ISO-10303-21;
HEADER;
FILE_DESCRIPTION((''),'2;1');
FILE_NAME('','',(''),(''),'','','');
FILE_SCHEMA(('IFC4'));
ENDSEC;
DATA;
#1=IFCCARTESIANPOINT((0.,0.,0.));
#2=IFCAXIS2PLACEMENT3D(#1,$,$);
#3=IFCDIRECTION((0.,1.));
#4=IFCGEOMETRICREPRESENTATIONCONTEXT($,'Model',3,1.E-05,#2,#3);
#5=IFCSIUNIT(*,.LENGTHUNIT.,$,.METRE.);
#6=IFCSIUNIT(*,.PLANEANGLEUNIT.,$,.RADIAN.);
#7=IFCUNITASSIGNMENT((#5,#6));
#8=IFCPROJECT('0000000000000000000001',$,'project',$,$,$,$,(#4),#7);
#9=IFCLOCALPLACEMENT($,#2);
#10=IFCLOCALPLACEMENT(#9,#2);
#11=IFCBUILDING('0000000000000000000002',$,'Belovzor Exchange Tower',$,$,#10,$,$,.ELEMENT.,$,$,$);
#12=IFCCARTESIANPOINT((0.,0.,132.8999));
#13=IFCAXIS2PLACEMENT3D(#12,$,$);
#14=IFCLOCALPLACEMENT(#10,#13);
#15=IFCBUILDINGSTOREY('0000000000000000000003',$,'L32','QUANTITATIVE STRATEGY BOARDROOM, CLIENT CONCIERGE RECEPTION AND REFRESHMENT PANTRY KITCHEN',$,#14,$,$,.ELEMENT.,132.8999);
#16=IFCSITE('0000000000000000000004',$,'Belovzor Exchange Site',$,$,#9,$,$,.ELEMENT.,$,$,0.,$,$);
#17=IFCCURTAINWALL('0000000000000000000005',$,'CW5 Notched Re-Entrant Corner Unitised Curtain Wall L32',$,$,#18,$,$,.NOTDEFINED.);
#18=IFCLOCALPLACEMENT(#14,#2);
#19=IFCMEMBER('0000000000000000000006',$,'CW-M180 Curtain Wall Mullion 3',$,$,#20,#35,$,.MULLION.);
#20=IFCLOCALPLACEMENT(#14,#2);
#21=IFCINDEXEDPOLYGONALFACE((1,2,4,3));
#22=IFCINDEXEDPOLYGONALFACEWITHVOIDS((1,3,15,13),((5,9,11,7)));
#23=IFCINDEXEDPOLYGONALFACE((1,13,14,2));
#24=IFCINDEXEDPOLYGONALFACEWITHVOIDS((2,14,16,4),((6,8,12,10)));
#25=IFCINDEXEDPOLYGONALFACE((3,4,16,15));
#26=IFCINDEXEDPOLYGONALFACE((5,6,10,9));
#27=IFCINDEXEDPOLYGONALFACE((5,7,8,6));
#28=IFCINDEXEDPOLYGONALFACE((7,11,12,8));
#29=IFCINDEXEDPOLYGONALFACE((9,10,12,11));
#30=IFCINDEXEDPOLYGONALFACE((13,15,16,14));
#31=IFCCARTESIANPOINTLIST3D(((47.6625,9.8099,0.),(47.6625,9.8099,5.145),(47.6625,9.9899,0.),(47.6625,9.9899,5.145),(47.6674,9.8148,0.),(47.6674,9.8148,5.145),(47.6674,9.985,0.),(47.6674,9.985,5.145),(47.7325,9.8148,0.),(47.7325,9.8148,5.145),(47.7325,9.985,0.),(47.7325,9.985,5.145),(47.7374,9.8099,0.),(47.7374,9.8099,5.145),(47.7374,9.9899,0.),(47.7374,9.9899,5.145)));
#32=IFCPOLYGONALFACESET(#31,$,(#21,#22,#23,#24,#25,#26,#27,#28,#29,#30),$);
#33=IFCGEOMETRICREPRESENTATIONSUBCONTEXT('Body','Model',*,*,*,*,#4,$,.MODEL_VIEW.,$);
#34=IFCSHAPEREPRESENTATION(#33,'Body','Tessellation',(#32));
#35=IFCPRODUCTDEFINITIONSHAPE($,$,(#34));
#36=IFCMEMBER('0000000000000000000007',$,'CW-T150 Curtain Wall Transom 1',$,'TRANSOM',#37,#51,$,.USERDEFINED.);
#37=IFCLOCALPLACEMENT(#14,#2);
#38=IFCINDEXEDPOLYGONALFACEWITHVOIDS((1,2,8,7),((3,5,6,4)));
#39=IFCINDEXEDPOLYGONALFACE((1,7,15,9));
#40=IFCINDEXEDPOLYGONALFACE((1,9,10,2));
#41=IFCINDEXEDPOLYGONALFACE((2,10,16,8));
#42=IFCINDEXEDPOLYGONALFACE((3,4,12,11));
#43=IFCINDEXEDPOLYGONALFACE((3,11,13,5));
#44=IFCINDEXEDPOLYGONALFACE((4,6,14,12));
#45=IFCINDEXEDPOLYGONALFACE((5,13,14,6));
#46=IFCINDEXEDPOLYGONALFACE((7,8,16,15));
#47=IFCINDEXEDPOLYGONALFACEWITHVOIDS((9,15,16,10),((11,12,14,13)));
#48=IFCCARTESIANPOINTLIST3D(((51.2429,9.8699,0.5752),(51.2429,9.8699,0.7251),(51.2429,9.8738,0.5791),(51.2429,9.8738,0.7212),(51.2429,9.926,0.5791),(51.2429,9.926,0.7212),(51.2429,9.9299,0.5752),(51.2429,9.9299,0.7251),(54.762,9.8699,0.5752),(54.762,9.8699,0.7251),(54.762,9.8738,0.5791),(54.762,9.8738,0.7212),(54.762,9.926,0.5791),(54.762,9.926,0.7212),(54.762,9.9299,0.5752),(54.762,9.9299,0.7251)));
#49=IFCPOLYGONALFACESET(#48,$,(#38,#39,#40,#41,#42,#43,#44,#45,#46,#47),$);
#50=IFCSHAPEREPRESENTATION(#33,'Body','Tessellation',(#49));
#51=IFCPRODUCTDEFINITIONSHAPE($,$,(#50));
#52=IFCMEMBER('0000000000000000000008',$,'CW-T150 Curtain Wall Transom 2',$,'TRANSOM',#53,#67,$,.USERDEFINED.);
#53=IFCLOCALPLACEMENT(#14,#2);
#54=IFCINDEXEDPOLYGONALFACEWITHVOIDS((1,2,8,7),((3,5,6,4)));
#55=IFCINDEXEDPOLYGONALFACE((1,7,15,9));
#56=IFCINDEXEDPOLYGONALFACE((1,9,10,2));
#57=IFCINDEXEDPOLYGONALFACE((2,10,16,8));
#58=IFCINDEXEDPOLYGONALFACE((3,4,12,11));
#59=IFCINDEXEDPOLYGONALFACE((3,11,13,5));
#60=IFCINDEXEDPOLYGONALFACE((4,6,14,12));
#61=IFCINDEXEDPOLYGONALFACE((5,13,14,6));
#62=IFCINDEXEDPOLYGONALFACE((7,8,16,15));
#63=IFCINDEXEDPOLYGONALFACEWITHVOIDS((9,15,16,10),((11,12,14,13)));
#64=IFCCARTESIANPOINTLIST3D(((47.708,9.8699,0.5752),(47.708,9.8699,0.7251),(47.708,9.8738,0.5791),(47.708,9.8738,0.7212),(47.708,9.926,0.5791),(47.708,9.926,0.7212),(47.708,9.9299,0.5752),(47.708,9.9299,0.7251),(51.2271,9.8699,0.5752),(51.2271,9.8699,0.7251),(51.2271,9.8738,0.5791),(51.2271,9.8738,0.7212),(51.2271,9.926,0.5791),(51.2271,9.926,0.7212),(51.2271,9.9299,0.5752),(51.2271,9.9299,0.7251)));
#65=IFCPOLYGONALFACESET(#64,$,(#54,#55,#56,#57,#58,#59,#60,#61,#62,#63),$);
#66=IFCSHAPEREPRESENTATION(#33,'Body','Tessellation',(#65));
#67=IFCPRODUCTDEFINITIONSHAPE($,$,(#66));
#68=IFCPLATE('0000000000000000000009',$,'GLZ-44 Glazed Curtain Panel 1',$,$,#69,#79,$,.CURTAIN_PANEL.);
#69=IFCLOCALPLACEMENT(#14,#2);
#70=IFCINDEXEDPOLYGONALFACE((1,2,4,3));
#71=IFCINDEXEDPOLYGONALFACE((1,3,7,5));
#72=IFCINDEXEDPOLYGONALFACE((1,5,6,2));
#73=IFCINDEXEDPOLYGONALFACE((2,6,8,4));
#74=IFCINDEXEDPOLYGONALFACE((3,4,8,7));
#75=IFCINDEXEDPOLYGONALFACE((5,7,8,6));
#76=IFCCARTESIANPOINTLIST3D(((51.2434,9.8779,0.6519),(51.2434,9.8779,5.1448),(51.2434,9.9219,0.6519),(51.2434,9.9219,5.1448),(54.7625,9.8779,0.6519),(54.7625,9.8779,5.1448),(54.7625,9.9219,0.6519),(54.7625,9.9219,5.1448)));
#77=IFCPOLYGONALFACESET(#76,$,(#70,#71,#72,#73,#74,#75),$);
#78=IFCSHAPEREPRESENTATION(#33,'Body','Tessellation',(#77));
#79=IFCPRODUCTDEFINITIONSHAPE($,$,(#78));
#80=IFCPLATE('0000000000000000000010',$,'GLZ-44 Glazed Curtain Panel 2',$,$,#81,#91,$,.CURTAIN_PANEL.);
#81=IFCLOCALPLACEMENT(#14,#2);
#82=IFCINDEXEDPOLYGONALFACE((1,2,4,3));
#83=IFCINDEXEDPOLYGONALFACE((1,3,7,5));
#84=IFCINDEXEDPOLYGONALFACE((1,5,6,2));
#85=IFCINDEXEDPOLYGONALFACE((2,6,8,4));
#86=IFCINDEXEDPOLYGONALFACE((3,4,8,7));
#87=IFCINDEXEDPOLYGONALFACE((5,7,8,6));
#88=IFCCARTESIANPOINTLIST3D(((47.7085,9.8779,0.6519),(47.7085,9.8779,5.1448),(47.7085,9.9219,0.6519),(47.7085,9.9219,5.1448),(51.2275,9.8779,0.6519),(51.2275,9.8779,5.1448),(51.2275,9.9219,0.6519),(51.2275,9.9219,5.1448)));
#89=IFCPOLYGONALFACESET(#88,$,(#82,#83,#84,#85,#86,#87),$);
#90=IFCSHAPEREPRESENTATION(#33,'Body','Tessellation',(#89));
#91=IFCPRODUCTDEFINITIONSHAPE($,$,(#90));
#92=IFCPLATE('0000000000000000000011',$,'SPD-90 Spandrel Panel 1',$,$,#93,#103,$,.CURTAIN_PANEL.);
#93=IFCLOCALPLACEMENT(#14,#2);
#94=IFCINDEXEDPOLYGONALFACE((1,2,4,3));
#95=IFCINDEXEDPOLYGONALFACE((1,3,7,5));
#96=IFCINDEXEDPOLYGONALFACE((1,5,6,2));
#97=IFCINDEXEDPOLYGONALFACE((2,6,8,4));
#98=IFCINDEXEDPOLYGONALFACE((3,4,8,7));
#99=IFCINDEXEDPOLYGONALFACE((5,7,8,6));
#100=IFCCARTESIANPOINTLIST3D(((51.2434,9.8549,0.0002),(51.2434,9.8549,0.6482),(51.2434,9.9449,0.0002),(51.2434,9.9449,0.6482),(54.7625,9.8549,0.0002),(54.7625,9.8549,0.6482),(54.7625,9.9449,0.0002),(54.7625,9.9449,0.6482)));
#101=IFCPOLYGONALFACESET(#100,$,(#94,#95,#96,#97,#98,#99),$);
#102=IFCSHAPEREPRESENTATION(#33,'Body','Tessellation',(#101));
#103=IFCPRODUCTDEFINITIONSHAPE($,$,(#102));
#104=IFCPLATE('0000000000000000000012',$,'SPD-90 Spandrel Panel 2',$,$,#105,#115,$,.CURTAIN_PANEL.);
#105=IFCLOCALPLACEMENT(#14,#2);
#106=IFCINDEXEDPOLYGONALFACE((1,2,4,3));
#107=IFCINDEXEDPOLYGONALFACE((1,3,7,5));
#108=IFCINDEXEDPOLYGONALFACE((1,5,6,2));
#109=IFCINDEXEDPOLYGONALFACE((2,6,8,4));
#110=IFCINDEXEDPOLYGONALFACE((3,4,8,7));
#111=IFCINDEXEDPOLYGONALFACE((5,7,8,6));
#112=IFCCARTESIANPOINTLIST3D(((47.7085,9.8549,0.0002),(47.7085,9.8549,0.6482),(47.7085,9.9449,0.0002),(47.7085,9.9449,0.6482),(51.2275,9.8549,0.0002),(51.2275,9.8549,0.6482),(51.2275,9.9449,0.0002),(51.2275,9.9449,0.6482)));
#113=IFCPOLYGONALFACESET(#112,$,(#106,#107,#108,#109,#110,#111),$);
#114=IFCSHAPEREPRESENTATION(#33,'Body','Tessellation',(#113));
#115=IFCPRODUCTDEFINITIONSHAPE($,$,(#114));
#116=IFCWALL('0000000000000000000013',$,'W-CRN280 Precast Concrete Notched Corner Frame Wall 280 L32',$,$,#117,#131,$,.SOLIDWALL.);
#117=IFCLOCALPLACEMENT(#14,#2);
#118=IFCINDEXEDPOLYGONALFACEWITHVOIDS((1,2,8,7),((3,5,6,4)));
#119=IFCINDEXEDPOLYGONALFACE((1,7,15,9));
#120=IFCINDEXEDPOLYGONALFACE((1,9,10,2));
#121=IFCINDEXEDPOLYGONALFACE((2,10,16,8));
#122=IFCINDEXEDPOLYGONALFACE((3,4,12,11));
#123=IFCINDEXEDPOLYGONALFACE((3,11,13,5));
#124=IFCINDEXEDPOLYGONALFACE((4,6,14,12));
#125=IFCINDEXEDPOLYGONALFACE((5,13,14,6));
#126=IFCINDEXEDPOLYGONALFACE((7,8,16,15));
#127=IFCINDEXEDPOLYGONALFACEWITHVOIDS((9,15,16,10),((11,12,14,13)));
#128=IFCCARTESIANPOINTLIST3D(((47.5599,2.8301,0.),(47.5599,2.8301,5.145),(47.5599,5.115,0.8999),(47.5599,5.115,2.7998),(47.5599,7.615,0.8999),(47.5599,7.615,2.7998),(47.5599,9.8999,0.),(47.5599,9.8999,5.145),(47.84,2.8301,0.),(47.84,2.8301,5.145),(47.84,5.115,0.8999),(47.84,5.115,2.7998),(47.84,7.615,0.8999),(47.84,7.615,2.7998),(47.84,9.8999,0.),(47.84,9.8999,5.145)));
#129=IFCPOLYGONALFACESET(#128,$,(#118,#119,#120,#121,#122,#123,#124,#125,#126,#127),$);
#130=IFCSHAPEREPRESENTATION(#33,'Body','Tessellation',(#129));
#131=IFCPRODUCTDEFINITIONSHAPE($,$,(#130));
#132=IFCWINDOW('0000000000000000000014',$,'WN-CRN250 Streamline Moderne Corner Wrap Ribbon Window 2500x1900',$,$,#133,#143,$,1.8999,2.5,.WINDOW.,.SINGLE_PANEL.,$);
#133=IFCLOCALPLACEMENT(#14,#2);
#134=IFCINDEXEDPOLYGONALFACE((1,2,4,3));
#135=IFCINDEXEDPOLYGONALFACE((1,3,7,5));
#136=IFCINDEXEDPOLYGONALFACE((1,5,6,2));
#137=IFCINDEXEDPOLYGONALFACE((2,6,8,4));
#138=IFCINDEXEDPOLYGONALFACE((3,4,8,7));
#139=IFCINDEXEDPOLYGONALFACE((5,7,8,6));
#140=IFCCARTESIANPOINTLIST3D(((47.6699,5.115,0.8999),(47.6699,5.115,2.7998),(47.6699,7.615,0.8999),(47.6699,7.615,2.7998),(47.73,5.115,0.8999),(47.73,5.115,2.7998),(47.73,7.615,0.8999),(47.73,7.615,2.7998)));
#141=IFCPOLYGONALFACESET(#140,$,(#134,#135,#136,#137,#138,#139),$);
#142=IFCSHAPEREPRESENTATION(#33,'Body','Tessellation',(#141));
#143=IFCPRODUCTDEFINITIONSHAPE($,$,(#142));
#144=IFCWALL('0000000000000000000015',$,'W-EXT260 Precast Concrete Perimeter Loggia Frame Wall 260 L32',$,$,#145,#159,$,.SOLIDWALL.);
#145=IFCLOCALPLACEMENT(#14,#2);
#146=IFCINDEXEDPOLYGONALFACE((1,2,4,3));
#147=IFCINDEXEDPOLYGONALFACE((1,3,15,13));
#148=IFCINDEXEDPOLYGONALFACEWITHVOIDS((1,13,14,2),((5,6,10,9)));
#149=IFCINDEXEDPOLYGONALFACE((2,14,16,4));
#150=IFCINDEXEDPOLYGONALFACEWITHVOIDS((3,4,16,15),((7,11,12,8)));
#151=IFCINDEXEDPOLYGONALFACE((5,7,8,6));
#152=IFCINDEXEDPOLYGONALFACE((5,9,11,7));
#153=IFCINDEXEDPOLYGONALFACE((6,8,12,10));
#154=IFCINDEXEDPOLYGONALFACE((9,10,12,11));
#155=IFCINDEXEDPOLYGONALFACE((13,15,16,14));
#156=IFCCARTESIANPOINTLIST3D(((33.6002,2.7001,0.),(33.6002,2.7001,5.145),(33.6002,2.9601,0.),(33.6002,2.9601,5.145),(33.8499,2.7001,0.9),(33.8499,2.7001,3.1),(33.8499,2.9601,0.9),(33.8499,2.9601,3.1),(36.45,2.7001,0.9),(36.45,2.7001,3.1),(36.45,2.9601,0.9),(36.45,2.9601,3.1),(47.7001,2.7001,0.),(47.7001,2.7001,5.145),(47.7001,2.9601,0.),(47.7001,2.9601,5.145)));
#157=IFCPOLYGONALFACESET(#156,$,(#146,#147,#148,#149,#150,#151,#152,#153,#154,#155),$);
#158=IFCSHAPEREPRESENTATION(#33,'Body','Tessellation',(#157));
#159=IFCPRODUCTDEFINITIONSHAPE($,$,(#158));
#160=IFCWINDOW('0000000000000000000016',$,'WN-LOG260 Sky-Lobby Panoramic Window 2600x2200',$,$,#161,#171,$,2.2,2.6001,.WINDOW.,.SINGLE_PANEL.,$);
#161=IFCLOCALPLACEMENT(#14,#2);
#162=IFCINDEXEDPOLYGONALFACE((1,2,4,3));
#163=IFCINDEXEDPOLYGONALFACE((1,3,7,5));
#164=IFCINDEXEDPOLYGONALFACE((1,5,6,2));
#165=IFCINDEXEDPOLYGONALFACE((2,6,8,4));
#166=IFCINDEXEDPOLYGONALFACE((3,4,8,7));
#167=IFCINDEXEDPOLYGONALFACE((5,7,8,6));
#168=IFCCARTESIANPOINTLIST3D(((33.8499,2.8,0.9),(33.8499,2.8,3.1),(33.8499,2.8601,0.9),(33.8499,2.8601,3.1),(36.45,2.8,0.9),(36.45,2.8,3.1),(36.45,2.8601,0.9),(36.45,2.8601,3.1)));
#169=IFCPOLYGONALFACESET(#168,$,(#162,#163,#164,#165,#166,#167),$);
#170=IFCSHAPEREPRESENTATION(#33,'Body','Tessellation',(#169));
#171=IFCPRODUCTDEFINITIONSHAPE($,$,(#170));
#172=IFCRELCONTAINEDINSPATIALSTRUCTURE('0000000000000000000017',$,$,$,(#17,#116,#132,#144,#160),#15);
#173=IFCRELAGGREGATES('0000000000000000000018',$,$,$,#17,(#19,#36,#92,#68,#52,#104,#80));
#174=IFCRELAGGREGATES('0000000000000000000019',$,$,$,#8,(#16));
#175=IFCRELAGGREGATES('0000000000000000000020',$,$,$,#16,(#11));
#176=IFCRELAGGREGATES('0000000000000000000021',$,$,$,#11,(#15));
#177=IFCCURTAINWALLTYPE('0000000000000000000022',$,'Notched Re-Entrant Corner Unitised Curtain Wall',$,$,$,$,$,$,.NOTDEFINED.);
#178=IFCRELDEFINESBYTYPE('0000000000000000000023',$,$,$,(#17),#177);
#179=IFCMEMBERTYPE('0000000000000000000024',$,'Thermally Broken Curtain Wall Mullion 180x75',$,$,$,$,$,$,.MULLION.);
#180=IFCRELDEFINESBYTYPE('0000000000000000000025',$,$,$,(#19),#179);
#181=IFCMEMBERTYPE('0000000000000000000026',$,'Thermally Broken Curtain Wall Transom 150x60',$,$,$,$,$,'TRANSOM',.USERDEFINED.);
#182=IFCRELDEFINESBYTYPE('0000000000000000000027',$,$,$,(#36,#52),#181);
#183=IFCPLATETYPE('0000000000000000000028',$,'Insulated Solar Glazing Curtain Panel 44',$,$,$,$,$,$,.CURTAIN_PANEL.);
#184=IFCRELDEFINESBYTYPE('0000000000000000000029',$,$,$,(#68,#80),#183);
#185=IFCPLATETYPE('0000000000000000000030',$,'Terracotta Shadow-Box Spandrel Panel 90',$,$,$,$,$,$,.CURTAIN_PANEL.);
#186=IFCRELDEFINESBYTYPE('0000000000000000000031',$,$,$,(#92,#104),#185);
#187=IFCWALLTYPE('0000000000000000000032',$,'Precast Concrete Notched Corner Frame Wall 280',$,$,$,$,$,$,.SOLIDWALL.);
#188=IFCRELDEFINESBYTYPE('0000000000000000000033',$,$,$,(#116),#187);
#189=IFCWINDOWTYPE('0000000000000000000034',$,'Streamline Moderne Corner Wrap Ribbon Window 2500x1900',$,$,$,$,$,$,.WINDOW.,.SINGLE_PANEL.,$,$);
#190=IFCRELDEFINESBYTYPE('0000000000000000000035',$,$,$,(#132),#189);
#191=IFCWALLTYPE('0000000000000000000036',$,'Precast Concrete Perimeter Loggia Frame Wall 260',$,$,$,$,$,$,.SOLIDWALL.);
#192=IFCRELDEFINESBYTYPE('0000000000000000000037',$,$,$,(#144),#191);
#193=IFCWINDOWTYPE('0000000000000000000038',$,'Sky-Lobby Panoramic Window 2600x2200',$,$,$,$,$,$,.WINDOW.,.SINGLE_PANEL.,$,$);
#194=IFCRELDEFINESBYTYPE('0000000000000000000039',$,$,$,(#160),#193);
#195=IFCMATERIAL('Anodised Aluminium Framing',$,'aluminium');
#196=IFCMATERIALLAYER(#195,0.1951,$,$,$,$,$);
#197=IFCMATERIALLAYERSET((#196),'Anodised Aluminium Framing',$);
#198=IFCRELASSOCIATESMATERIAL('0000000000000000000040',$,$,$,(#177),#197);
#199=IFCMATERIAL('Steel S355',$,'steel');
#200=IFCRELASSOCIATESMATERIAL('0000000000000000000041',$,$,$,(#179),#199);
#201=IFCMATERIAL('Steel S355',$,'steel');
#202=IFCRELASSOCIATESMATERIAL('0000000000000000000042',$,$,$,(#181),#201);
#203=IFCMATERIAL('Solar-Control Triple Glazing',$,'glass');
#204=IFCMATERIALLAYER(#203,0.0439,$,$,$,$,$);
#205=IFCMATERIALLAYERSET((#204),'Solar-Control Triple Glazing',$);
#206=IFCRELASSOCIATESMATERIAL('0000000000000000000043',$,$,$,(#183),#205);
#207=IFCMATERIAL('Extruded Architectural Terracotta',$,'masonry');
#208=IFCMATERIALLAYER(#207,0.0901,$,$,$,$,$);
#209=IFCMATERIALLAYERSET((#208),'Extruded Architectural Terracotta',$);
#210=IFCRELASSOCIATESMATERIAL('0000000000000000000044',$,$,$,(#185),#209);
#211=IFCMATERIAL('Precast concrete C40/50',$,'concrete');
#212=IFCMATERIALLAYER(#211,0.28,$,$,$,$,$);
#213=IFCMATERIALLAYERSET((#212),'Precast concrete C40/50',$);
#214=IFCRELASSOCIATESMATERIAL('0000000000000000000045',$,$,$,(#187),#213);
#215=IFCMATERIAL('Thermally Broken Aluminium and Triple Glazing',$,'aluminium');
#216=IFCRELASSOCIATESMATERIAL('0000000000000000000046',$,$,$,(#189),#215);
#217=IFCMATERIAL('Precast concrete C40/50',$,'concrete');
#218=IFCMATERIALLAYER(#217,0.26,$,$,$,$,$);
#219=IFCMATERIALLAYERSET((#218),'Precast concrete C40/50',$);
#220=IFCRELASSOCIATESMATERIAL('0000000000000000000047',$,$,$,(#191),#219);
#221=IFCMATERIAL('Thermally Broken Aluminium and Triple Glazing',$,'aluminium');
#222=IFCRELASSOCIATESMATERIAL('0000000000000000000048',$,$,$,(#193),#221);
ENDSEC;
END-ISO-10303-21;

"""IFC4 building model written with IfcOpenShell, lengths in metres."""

from ifc_helpers import new_model, si_unit, direction, frame, frame_2d, origin, origin_2d, place, context, subcontext, project, spatial, rectangle, hollow_rectangle, extrude, material, layer, layer_set, material_profile, profile_set, type_object, element, fill, aggregate, save


model = new_model("IFC4")

# Units and contexts
model_context = context("Model", 3, precision=1e-05, world=origin(), true_north=direction((0.0, 1.0)))
body_context = subcontext(model_context, "Body", "Model", "MODEL_VIEW")
ifc_project = project(units=[si_unit("LENGTHUNIT", "METRE"), si_unit("PLANEANGLEUNIT", "RADIAN")], contexts=[model_context])

# Site, building, storey
site_placement = place(None, origin())
site = spatial("IfcSite", under=ifc_project, at=site_placement, Name="Belovzor Exchange Site", CompositionType="ELEMENT", RefElevation=0.0)
building_placement = place(site_placement, origin())
building = spatial("IfcBuilding", under=site, at=building_placement, Name="Belovzor Exchange Tower", CompositionType="ELEMENT")
storey_placement = place(building_placement, frame((0.0, 0.0, 132.8999)))
storey = spatial("IfcBuildingStorey", under=building, at=storey_placement, Name="L32", Description="QUANTITATIVE STRATEGY BOARDROOM, CLIENT CONCIERGE RECEPTION AND REFRESHMENT PANTRY KITCHEN", CompositionType="ELEMENT", Elevation=132.8999)

# Curtain wall, members, plates
ifc_material_1 = material(Name="Anodised Aluminium Framing", Category="aluminium")
ifc_layer_1 = layer(ifc_material_1, 0.1951)
ifc_layer_set_1 = layer_set([ifc_layer_1], Name="Anodised Aluminium Framing")
curtain_wall_type = type_object("IfcCurtainWallType", Name="Notched Re-Entrant Corner Unitised Curtain Wall", PredefinedType="NOTDEFINED", material=ifc_layer_set_1)
curtain_wall_placement = place(storey_placement, origin())
curtain_wall = element("IfcCurtainWall", 1, at=curtain_wall_placement, inside=storey, type_object=curtain_wall_type, Name="CW5 Notched Re-Entrant Corner Unitised Curtain Wall L32", PredefinedType="NOTDEFINED")
ifc_material_2 = material(Name="Steel S355", Category="steel")
ifc_material_profile_1 = material_profile(ifc_material_2, hollow_rectangle(XDim=0.075, YDim=0.1799, WallThickness=0.0049, at=origin_2d()))
ifc_profile_set_1 = profile_set([ifc_material_profile_1], Name="Steel S355")
member_type_1 = type_object("IfcMemberType", Name="Thermally Broken Curtain Wall Mullion 180x75", PredefinedType="MULLION", material=ifc_profile_set_1)
member_1_placement = place(storey_placement, frame((47.7, 9.8999, 0.0), z_axis=(0.0, 0.0, 1.0), x_axis=(-1.0, 0.0, 0.0)))
member_1 = element("IfcMember", 2, at=member_1_placement, type_object=member_type_1, Name="CW-M180 Curtain Wall Mullion 3", PredefinedType="MULLION", context=body_context, shape_type="SweptSolid", body=[
    extrude(hollow_rectangle(XDim=0.075, YDim=0.1799, WallThickness=0.0049, at=origin_2d()), origin(), (0.0, 0.0, 1.0), 5.145),
])
ifc_material_3 = material(Name="Steel S355", Category="steel")
ifc_material_profile_2 = material_profile(ifc_material_3, hollow_rectangle(XDim=0.0601, YDim=0.1499, WallThickness=0.0039, at=origin_2d()))
ifc_profile_set_2 = profile_set([ifc_material_profile_2], Name="Steel S355")
member_type_2 = type_object("IfcMemberType", Name="Thermally Broken Curtain Wall Transom 150x60", ElementType="TRANSOM", PredefinedType="USERDEFINED", material=ifc_profile_set_2)
member_2_placement = place(storey_placement, frame((54.762, 9.8999, 0.6501), z_axis=(-1.0, 0.0, 0.0), x_axis=(0.0, -1.0, 0.0)))
member_2 = element("IfcMember", 3, at=member_2_placement, type_object=member_type_2, Name="CW-T150 Curtain Wall Transom 1", ObjectType="TRANSOM", PredefinedType="USERDEFINED", context=body_context, shape_type="SweptSolid", body=[
    extrude(hollow_rectangle(XDim=0.0601, YDim=0.1499, WallThickness=0.0039, at=origin_2d()), origin(), (0.0, 0.0, 1.0), 3.519),
])
member_3_placement = place(storey_placement, frame((51.2271, 9.8999, 0.6501), z_axis=(-1.0, 0.0, 0.0), x_axis=(0.0, -1.0, 0.0)))
member_3 = element("IfcMember", 4, at=member_3_placement, type_object=member_type_2, Name="CW-T150 Curtain Wall Transom 2", ObjectType="TRANSOM", PredefinedType="USERDEFINED", context=body_context, shape_type="SweptSolid", body=[
    extrude(hollow_rectangle(XDim=0.0601, YDim=0.1499, WallThickness=0.0039, at=origin_2d()), origin(), (0.0, 0.0, 1.0), 3.519),
])
ifc_material_4 = material(Name="Solar-Control Triple Glazing", Category="glass")
ifc_layer_2 = layer(ifc_material_4, 0.0439)
ifc_layer_set_2 = layer_set([ifc_layer_2], Name="Solar-Control Triple Glazing")
plate_type_1 = type_object("IfcPlateType", Name="Insulated Solar Glazing Curtain Panel 44", PredefinedType="CURTAIN_PANEL", material=ifc_layer_set_2)
plate_1_placement = place(storey_placement, frame((53.0029, 9.8999, 0.6519), z_axis=(0.0, 0.0, 1.0), x_axis=(-1.0, 0.0, 0.0)))
plate_1 = element("IfcPlate", 5, at=plate_1_placement, type_object=plate_type_1, Name="GLZ-44 Glazed Curtain Panel 1", PredefinedType="CURTAIN_PANEL", context=body_context, shape_type="SweptSolid", body=[
    extrude(rectangle(XDim=3.519, YDim=0.0439, at=origin_2d()), origin(), (0.0, 0.0, 1.0), 4.4929),
])
plate_2_placement = place(storey_placement, frame((49.468, 9.8999, 0.6519), z_axis=(0.0, 0.0, 1.0), x_axis=(-1.0, 0.0, 0.0)))
plate_2 = element("IfcPlate", 6, at=plate_2_placement, type_object=plate_type_1, Name="GLZ-44 Glazed Curtain Panel 2", PredefinedType="CURTAIN_PANEL", context=body_context, shape_type="SweptSolid", body=[
    extrude(rectangle(XDim=3.519, YDim=0.0439, at=origin_2d()), origin(), (0.0, 0.0, 1.0), 4.4929),
])
ifc_material_5 = material(Name="Extruded Architectural Terracotta", Category="masonry")
ifc_layer_3 = layer(ifc_material_5, 0.0901)
ifc_layer_set_3 = layer_set([ifc_layer_3], Name="Extruded Architectural Terracotta")
plate_type_2 = type_object("IfcPlateType", Name="Terracotta Shadow-Box Spandrel Panel 90", PredefinedType="CURTAIN_PANEL", material=ifc_layer_set_3)
plate_3_placement = place(storey_placement, frame((53.0029, 9.8999, 0.0002), z_axis=(0.0, 0.0, 1.0), x_axis=(-1.0, 0.0, 0.0)))
plate_3 = element("IfcPlate", 7, at=plate_3_placement, type_object=plate_type_2, Name="SPD-90 Spandrel Panel 1", PredefinedType="CURTAIN_PANEL", context=body_context, shape_type="SweptSolid", body=[
    extrude(rectangle(XDim=3.519, YDim=0.0901, at=origin_2d()), origin(), (0.0, 0.0, 1.0), 0.6479),
])
plate_4_placement = place(storey_placement, frame((49.468, 9.8999, 0.0002), z_axis=(0.0, 0.0, 1.0), x_axis=(-1.0, 0.0, 0.0)))
plate_4 = element("IfcPlate", 8, at=plate_4_placement, type_object=plate_type_2, Name="SPD-90 Spandrel Panel 2", PredefinedType="CURTAIN_PANEL", context=body_context, shape_type="SweptSolid", body=[
    extrude(rectangle(XDim=3.519, YDim=0.0901, at=origin_2d()), origin(), (0.0, 0.0, 1.0), 0.6479),
])
aggregate(curtain_wall, [member_1, member_2, plate_3, plate_1, member_3, plate_4, plate_2])

# Walls, openings, windows
ifc_material_6 = material(Name="Precast concrete C40/50", Category="concrete")
ifc_layer_4 = layer(ifc_material_6, 0.28)
ifc_layer_set_4 = layer_set([ifc_layer_4], Name="Precast concrete C40/50")
wall_type_1 = type_object("IfcWallType", Name="Precast Concrete Notched Corner Frame Wall 280", PredefinedType="SOLIDWALL", material=ifc_layer_set_4)
wall_1_placement = place(storey_placement, frame((47.7, 9.8999, 0.0), z_axis=(0.0, 0.0, 1.0), x_axis=(0.0, -1.0, 0.0)))
wall_1 = element("IfcWall", 9, at=wall_1_placement, inside=storey, type_object=wall_type_1, Name="W-CRN280 Precast Concrete Notched Corner Frame Wall 280 L32", PredefinedType="SOLIDWALL", context=body_context, shape_type="SweptSolid", body=[
    extrude(rectangle(XDim=7.0698, YDim=0.28, at=frame_2d((3.5349, 0.0))), origin(), (0.0, 0.0, 1.0), 5.145),
])
opening_1_placement = place(wall_1_placement, frame((2.2849, 0.0, 0.8999)))
opening_1 = element("IfcOpeningElement", 10, at=opening_1_placement, cuts=wall_1, PredefinedType="OPENING", context=body_context, shape_type="SweptSolid", body=[
    extrude(rectangle(XDim=2.5, YDim=1.8999, at=frame_2d((1.25, 0.95))), frame((0.0, 0.1499, 0.0), z_axis=(0.0, -1.0, 0.0), x_axis=(1.0, 0.0, 0.0)), (0.0, 0.0, 1.0), 0.3),
])
ifc_material_7 = material(Name="Thermally Broken Aluminium and Triple Glazing", Category="aluminium")
window_type_1 = type_object("IfcWindowType", Name="Streamline Moderne Corner Wrap Ribbon Window 2500x1900", PartitioningType="SINGLE_PANEL", PredefinedType="WINDOW", material=ifc_material_7)
window_1_placement = place(opening_1_placement, origin())
window_1 = element("IfcWindow", 11, at=window_1_placement, inside=storey, type_object=window_type_1, Name="WN-CRN250 Streamline Moderne Corner Wrap Ribbon Window 2500x1900", OverallHeight=1.8999, OverallWidth=2.5, PartitioningType="SINGLE_PANEL", PredefinedType="WINDOW", context=body_context, shape_type="SweptSolid", body=[
    extrude(rectangle(XDim=2.5, YDim=1.8999, at=frame_2d((1.25, 0.95))), frame((0.0, 0.03, 0.0), z_axis=(0.0, -1.0, 0.0), x_axis=(1.0, 0.0, 0.0)), (0.0, 0.0, 1.0), 0.0601),
])
fill(opening_1, window_1)
ifc_material_8 = material(Name="Precast concrete C40/50", Category="concrete")
ifc_layer_5 = layer(ifc_material_8, 0.26)
ifc_layer_set_5 = layer_set([ifc_layer_5], Name="Precast concrete C40/50")
wall_type_2 = type_object("IfcWallType", Name="Precast Concrete Perimeter Loggia Frame Wall 260", PredefinedType="SOLIDWALL", material=ifc_layer_set_5)
wall_2_placement = place(storey_placement, frame((47.7, 2.8301, 0.0), z_axis=(0.0, 0.0, 1.0), x_axis=(-1.0, 0.0, 0.0)))
wall_2 = element("IfcWall", 12, at=wall_2_placement, inside=storey, type_object=wall_type_2, Name="W-EXT260 Precast Concrete Perimeter Loggia Frame Wall 260 L32", PredefinedType="SOLIDWALL", context=body_context, shape_type="SweptSolid", body=[
    extrude(rectangle(XDim=14.0999, YDim=0.26, at=frame_2d((7.0498, 0.0))), origin(), (0.0, 0.0, 1.0), 5.145),
])
opening_2_placement = place(wall_2_placement, frame((11.25, 0.0, 0.8999)))
opening_2 = element("IfcOpeningElement", 13, at=opening_2_placement, cuts=wall_2, PredefinedType="OPENING", context=body_context, shape_type="SweptSolid", body=[
    extrude(rectangle(XDim=2.6001, YDim=2.2, at=frame_2d((1.3, 1.1001))), frame((0.0, 0.1399, 0.0), z_axis=(0.0, -1.0, 0.0), x_axis=(1.0, 0.0, 0.0)), (0.0, 0.0, 1.0), 0.28),
])
ifc_material_9 = material(Name="Thermally Broken Aluminium and Triple Glazing", Category="aluminium")
window_type_2 = type_object("IfcWindowType", Name="Sky-Lobby Panoramic Window 2600x2200", PartitioningType="SINGLE_PANEL", PredefinedType="WINDOW", material=ifc_material_9)
window_2_placement = place(opening_2_placement, origin())
window_2 = element("IfcWindow", 14, at=window_2_placement, inside=storey, type_object=window_type_2, Name="WN-LOG260 Sky-Lobby Panoramic Window 2600x2200", OverallHeight=2.2, OverallWidth=2.6001, PartitioningType="SINGLE_PANEL", PredefinedType="WINDOW", context=body_context, shape_type="SweptSolid", body=[
    extrude(rectangle(XDim=2.6001, YDim=2.2, at=frame_2d((1.3, 1.1001))), frame((0.0, 0.03, 0.0), z_axis=(0.0, -1.0, 0.0), x_axis=(1.0, 0.0, 0.0)), (0.0, 0.0, 1.0), 0.0601),
])
fill(opening_2, window_2)

save(model, "model.ifc")
